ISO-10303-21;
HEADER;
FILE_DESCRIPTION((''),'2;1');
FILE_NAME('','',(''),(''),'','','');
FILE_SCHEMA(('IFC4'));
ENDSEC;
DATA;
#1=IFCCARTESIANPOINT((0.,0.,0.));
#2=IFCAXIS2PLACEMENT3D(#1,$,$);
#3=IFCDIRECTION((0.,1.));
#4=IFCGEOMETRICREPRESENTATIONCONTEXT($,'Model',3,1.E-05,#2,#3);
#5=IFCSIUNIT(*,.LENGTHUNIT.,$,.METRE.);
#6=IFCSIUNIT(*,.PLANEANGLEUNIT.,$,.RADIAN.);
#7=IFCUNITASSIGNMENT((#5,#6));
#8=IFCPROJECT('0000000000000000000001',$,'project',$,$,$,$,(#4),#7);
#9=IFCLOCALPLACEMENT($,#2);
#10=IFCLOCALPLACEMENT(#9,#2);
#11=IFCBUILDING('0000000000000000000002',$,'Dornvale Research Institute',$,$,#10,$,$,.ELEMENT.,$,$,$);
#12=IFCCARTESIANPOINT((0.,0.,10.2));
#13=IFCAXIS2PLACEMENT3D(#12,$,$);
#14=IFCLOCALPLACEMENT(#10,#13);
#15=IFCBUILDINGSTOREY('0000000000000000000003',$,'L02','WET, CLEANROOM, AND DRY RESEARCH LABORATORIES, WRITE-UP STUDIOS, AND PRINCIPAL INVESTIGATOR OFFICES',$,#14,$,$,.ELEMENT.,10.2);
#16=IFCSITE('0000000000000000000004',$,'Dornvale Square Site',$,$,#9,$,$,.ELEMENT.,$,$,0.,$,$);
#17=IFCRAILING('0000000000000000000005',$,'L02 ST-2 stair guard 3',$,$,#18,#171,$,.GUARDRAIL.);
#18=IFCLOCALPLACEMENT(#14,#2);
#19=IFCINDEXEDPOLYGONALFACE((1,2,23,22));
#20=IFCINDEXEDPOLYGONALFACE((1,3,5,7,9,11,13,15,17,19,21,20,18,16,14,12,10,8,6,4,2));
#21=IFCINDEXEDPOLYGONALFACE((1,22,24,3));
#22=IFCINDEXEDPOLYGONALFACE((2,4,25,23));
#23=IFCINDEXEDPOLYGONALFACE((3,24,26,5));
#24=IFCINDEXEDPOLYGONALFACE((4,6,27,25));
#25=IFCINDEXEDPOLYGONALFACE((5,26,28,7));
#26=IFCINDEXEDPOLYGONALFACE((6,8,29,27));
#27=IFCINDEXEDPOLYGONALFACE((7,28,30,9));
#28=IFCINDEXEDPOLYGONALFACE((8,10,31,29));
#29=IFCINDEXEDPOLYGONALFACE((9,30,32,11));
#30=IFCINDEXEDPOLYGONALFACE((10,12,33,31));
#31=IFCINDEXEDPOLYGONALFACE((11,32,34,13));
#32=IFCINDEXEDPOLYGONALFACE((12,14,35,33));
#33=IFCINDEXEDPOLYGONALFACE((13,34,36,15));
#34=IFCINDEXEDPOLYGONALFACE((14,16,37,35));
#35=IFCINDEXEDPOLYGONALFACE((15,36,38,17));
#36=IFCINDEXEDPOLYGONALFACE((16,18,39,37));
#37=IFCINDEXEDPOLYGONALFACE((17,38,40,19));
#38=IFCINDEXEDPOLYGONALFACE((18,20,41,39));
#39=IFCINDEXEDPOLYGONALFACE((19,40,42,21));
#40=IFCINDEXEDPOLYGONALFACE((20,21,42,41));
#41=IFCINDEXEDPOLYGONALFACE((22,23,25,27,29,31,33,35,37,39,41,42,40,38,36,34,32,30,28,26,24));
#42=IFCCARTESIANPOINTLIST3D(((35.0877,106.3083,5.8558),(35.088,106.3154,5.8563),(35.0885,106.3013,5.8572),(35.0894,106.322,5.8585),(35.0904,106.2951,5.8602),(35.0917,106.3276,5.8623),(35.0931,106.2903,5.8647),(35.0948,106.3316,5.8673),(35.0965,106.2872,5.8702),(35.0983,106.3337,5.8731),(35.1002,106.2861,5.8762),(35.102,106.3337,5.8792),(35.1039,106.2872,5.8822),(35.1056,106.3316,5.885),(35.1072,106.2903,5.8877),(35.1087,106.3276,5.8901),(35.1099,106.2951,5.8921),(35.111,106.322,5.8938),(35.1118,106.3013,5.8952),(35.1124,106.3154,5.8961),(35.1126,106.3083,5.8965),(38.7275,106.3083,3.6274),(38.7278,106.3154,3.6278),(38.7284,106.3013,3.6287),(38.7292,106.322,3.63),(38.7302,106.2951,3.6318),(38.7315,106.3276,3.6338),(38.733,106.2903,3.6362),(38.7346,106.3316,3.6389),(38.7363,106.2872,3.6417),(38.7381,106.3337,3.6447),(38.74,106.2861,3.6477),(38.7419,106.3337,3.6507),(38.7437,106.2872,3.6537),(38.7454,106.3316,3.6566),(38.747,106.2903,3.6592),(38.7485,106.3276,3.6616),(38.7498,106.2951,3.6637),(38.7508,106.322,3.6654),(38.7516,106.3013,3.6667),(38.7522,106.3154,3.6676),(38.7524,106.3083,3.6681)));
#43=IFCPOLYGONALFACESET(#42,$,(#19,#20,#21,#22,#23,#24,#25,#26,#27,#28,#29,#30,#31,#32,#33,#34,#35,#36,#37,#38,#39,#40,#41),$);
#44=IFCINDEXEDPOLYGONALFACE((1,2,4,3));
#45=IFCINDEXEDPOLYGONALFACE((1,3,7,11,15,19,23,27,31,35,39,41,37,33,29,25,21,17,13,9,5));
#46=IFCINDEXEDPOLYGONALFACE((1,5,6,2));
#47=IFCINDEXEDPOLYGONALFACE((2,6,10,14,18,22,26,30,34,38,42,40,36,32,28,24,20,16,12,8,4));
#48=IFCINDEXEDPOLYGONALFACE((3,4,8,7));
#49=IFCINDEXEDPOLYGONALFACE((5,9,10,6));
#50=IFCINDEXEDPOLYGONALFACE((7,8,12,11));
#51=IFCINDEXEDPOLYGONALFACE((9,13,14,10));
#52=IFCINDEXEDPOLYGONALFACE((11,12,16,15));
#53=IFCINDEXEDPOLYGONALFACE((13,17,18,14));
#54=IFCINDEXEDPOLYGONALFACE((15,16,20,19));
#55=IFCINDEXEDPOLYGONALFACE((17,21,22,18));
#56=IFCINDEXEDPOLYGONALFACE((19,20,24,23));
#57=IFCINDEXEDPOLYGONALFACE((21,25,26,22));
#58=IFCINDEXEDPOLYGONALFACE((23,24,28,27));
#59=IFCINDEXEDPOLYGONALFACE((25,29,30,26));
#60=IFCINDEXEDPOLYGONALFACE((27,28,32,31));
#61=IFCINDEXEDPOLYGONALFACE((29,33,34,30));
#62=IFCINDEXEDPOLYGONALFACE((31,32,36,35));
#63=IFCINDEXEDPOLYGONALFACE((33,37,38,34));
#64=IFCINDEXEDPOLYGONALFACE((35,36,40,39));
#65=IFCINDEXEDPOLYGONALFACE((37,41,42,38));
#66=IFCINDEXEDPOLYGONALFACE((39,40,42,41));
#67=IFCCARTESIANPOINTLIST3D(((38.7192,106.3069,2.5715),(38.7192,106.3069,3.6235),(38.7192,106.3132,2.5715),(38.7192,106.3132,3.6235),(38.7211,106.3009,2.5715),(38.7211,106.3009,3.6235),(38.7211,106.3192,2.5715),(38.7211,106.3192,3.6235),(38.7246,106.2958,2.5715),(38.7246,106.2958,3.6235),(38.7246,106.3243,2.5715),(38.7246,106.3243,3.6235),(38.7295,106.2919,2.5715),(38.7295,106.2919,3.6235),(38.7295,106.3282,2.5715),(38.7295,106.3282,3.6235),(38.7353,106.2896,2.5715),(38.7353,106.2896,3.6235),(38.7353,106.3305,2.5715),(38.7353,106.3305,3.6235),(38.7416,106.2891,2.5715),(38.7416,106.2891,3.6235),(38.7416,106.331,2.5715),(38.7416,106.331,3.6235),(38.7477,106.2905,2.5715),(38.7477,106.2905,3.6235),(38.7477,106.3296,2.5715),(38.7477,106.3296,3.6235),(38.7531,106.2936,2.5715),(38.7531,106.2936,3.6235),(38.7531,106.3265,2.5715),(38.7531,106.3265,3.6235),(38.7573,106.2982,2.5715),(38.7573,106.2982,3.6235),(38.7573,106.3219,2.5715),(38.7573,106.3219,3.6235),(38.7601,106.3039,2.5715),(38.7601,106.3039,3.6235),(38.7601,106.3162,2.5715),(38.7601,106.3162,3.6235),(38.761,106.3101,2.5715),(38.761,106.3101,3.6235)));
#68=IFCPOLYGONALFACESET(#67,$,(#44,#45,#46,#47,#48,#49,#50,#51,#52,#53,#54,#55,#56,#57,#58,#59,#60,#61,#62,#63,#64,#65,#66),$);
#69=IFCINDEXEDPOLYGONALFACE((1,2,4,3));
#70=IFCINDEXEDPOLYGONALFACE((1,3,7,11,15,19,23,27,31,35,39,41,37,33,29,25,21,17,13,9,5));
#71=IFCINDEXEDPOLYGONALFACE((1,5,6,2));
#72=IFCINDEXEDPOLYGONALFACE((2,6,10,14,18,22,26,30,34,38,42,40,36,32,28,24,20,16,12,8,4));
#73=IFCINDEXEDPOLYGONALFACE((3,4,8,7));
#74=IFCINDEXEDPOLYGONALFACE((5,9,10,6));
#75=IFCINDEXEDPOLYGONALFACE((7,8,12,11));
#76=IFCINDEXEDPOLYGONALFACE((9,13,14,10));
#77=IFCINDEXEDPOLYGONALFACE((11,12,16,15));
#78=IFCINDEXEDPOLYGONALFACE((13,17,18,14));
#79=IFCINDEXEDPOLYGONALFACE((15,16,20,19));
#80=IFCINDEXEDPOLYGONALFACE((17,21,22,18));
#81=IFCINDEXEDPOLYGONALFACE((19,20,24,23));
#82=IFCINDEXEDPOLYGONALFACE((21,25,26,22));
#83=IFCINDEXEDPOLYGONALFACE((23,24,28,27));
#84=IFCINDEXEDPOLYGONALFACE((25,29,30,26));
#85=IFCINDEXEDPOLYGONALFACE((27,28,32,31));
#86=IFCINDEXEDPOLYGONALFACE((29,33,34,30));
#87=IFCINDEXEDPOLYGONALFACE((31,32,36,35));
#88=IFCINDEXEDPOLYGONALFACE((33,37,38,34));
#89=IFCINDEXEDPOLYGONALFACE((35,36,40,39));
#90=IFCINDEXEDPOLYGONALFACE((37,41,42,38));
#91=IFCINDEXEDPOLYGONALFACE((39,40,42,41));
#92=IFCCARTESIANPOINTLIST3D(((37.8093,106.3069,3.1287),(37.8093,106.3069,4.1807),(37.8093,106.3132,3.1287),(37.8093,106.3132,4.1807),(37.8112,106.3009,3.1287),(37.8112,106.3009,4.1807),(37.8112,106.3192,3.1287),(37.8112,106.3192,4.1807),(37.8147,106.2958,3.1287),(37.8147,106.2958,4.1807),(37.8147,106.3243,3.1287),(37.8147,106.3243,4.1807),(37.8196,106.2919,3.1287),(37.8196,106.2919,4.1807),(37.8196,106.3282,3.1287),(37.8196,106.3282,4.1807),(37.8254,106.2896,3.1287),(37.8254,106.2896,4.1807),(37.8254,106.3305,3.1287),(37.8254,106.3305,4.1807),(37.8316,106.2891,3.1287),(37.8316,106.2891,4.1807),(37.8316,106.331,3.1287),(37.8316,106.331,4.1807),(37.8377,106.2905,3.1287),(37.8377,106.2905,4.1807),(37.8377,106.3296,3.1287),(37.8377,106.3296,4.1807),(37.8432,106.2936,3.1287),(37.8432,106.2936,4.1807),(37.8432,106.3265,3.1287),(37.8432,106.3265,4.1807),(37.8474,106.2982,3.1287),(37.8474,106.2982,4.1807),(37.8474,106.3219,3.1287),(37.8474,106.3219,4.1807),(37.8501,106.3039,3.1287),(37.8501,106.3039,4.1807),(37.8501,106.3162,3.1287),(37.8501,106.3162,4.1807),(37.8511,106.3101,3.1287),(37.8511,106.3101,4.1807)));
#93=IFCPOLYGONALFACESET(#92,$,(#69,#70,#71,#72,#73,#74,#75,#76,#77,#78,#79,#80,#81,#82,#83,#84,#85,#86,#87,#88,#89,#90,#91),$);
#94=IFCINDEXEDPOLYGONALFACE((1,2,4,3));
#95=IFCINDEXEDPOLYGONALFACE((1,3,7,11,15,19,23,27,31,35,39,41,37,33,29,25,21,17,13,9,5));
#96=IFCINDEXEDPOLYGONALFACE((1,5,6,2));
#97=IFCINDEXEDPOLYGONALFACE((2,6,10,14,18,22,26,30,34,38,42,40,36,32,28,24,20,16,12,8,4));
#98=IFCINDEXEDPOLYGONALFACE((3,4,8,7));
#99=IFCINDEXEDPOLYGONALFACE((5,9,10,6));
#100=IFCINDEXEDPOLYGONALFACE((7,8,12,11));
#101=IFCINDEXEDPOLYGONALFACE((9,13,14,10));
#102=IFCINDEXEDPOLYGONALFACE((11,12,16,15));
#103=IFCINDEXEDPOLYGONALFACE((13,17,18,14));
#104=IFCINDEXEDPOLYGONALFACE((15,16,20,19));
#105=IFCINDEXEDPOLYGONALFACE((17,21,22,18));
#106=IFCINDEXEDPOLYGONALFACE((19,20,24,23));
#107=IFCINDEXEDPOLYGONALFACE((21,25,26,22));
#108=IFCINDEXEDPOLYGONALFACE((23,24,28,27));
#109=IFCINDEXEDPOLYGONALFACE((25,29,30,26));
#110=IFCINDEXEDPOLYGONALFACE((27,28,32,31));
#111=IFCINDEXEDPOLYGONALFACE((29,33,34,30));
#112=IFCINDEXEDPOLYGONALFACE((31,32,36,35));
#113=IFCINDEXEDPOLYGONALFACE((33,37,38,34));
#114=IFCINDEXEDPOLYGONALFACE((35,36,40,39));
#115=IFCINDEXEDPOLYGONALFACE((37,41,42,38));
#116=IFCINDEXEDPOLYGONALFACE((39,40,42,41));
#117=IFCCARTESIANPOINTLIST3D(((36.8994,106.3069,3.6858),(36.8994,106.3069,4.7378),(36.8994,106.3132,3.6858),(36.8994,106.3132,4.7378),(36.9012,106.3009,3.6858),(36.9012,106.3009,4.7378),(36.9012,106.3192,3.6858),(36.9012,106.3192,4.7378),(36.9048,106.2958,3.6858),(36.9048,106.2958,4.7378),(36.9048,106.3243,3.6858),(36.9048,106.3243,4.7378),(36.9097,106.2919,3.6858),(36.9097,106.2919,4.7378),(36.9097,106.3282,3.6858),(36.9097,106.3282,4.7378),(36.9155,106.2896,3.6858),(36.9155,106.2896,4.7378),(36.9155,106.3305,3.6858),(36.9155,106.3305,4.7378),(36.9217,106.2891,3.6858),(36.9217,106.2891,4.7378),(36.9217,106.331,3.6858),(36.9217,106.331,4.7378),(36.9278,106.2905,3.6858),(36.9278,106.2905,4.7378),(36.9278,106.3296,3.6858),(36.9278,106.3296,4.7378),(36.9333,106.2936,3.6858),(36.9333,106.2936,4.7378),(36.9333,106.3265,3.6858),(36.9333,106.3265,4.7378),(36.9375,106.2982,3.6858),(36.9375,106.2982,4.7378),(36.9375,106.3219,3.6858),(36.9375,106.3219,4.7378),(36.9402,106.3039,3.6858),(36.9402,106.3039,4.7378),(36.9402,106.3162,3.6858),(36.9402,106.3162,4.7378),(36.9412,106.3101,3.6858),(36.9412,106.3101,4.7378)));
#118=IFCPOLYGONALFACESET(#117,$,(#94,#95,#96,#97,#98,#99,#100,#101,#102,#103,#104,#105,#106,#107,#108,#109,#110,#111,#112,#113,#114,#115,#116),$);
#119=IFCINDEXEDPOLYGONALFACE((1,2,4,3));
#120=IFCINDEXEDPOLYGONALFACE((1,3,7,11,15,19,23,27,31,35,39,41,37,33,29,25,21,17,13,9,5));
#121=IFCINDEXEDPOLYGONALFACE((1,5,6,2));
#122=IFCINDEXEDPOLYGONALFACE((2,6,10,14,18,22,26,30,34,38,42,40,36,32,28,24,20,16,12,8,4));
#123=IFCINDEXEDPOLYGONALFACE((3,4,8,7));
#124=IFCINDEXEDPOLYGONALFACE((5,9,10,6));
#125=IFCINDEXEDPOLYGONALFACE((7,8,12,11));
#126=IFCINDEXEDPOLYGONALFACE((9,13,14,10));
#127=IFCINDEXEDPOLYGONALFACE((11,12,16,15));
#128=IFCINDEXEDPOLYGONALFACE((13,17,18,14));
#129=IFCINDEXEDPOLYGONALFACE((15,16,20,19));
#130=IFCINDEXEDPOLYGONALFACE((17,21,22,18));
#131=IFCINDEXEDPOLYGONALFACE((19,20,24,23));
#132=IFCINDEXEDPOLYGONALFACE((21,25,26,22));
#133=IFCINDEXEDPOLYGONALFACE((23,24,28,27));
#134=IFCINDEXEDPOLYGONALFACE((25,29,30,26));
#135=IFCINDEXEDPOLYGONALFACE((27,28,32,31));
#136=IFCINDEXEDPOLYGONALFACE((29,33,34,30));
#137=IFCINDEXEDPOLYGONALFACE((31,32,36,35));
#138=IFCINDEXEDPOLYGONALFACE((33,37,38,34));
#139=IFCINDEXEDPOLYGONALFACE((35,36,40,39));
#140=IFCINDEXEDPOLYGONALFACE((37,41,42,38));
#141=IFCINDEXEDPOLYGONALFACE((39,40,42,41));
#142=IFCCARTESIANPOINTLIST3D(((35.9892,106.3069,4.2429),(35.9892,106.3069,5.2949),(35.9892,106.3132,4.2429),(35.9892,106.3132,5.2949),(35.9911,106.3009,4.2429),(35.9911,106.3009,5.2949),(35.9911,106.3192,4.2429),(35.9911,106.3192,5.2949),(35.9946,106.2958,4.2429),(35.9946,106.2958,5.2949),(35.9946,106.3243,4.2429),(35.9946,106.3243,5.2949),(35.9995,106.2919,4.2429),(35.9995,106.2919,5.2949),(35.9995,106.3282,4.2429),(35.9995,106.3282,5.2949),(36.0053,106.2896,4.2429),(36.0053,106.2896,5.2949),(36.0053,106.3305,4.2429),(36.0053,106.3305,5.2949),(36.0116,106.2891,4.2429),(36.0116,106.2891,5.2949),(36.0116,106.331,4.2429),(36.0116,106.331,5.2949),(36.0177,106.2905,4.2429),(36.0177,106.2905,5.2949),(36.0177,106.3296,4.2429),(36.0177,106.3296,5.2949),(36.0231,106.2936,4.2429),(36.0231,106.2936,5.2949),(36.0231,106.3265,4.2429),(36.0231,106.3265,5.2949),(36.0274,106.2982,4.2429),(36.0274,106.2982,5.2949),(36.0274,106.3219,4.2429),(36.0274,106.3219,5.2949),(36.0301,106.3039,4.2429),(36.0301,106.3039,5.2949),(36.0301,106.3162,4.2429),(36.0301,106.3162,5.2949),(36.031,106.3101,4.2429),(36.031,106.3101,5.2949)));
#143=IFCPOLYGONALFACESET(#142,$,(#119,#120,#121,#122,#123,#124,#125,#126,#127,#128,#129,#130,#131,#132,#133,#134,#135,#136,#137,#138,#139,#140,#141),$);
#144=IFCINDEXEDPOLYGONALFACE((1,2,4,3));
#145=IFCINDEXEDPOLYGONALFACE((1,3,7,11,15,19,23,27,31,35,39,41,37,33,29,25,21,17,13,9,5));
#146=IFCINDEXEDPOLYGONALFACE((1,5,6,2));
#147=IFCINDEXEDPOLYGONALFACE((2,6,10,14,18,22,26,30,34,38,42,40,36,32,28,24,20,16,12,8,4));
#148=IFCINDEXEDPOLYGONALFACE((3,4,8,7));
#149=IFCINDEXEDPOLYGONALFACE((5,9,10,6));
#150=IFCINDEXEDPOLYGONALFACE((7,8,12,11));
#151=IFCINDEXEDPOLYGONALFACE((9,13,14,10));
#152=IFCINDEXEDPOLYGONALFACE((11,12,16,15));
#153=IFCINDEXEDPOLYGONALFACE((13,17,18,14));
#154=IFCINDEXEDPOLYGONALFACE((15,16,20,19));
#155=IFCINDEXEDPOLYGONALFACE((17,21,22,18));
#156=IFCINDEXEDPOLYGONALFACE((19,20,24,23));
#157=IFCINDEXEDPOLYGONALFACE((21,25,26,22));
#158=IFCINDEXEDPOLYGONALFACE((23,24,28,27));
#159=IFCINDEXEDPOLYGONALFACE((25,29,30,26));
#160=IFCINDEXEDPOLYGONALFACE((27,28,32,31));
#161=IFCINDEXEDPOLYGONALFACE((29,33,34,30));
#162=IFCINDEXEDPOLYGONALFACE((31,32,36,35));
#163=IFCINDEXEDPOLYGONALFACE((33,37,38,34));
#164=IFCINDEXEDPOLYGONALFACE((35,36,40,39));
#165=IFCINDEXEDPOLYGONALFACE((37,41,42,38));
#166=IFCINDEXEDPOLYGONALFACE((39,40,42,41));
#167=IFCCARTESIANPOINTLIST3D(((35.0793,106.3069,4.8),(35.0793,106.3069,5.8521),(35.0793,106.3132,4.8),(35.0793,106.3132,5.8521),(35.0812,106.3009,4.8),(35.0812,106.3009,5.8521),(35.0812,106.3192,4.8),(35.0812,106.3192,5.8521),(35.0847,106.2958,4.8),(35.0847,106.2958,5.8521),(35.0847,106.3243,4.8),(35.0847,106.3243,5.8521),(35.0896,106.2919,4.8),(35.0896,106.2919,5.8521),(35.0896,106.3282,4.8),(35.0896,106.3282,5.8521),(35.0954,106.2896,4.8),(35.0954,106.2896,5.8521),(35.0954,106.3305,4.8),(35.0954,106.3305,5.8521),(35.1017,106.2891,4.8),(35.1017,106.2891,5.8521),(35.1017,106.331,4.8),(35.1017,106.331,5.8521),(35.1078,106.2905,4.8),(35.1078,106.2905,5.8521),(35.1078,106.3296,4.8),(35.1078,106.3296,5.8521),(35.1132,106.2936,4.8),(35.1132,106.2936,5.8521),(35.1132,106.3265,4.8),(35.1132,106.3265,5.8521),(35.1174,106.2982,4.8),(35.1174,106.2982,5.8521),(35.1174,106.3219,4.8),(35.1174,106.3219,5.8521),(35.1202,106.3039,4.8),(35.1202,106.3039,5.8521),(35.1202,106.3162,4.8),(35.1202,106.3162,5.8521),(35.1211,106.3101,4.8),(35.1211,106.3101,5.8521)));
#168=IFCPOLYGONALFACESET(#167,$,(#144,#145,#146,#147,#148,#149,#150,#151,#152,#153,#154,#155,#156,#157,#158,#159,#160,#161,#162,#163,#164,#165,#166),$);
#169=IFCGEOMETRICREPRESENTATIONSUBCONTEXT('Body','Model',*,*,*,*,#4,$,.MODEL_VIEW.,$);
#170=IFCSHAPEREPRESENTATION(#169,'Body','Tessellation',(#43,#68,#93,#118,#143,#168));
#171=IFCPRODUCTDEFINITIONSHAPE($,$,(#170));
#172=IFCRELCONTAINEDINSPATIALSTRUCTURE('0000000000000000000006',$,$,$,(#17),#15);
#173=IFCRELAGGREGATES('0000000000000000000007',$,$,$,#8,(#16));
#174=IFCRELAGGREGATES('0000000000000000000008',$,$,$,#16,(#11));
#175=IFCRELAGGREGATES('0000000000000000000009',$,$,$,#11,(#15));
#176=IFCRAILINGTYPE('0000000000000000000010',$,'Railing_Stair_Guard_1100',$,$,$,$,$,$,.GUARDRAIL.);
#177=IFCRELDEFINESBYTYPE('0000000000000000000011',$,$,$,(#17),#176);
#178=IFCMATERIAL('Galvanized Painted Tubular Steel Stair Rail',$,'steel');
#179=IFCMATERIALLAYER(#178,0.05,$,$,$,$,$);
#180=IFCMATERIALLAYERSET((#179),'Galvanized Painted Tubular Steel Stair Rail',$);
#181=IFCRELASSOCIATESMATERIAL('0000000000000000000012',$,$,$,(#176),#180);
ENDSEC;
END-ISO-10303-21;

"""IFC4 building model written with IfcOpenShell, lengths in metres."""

from ifc_helpers import new_model, si_unit, direction, frame, origin, origin_2d, place, context, subcontext, project, spatial, circle, extrude, material, layer, layer_set, type_object, element, save


model = new_model("IFC4")

# Units and contexts
model_context = context("Model", 3, precision=1e-05, world=origin(), true_north=direction((0.0, 1.0)))
body_context = subcontext(model_context, "Body", "Model", "MODEL_VIEW")
ifc_project = project(units=[si_unit("LENGTHUNIT", "METRE"), si_unit("PLANEANGLEUNIT", "RADIAN")], contexts=[model_context])

# Site, building, storey
site_placement = place(None, origin())
site = spatial("IfcSite", under=ifc_project, at=site_placement, Name="Dornvale Square Site", CompositionType="ELEMENT", RefElevation=0.0)
building_placement = place(site_placement, origin())
building = spatial("IfcBuilding", under=site, at=building_placement, Name="Dornvale Research Institute", CompositionType="ELEMENT")
storey_placement = place(building_placement, frame((0.0, 0.0, 10.2)))
storey = spatial("IfcBuildingStorey", under=building, at=storey_placement, Name="L02", Description="WET, CLEANROOM, AND DRY RESEARCH LABORATORIES, WRITE-UP STUDIOS, AND PRINCIPAL INVESTIGATOR OFFICES", CompositionType="ELEMENT", Elevation=10.2)

# Railing
ifc_material_1 = material(Name="Galvanized Painted Tubular Steel Stair Rail", Category="steel")
ifc_layer_1 = layer(ifc_material_1, 0.05)
ifc_layer_set_1 = layer_set([ifc_layer_1], Name="Galvanized Painted Tubular Steel Stair Rail")
railing_type_1 = type_object("IfcRailingType", Name="Railing_Stair_Guard_1100", PredefinedType="GUARDRAIL", material=ifc_layer_set_1)
railing_1_placement = place(storey_placement, frame((38.74, 106.3101, 2.5715)))
element("IfcRailing", 1, at=railing_1_placement, inside=storey, type_object=railing_type_1, Name="L02 ST-2 stair guard 3", PredefinedType="GUARDRAIL", context=body_context, shape_type="SweptSolid", body=[
    extrude(circle(Radius=0.0239, at=origin_2d()), frame((0.0, 0.0, 1.0762), z_axis=(-0.85285, 0.0, 0.522156), x_axis=(0.0, -1.0, 0.0)), (0.0, 0.0, 1.0), 4.2678),
    extrude(circle(Radius=0.021, at=origin_2d()), origin(), (0.0, 0.0, 1.0), 1.052),
    extrude(circle(Radius=0.021, at=origin_2d()), frame((-0.9099, 0.0, 0.5571)), (0.0, 0.0, 1.0), 1.052),
    extrude(circle(Radius=0.021, at=origin_2d()), frame((-1.8198, 0.0, 1.1143)), (0.0, 0.0, 1.0), 1.052),
    extrude(circle(Radius=0.021, at=origin_2d()), frame((-2.73, 0.0, 1.6714)), (0.0, 0.0, 1.0), 1.052),
    extrude(circle(Radius=0.021, at=origin_2d()), frame((-3.6399, 0.0, 2.2285)), (0.0, 0.0, 1.0), 1.052),
])

save(model, "model.ifc")
